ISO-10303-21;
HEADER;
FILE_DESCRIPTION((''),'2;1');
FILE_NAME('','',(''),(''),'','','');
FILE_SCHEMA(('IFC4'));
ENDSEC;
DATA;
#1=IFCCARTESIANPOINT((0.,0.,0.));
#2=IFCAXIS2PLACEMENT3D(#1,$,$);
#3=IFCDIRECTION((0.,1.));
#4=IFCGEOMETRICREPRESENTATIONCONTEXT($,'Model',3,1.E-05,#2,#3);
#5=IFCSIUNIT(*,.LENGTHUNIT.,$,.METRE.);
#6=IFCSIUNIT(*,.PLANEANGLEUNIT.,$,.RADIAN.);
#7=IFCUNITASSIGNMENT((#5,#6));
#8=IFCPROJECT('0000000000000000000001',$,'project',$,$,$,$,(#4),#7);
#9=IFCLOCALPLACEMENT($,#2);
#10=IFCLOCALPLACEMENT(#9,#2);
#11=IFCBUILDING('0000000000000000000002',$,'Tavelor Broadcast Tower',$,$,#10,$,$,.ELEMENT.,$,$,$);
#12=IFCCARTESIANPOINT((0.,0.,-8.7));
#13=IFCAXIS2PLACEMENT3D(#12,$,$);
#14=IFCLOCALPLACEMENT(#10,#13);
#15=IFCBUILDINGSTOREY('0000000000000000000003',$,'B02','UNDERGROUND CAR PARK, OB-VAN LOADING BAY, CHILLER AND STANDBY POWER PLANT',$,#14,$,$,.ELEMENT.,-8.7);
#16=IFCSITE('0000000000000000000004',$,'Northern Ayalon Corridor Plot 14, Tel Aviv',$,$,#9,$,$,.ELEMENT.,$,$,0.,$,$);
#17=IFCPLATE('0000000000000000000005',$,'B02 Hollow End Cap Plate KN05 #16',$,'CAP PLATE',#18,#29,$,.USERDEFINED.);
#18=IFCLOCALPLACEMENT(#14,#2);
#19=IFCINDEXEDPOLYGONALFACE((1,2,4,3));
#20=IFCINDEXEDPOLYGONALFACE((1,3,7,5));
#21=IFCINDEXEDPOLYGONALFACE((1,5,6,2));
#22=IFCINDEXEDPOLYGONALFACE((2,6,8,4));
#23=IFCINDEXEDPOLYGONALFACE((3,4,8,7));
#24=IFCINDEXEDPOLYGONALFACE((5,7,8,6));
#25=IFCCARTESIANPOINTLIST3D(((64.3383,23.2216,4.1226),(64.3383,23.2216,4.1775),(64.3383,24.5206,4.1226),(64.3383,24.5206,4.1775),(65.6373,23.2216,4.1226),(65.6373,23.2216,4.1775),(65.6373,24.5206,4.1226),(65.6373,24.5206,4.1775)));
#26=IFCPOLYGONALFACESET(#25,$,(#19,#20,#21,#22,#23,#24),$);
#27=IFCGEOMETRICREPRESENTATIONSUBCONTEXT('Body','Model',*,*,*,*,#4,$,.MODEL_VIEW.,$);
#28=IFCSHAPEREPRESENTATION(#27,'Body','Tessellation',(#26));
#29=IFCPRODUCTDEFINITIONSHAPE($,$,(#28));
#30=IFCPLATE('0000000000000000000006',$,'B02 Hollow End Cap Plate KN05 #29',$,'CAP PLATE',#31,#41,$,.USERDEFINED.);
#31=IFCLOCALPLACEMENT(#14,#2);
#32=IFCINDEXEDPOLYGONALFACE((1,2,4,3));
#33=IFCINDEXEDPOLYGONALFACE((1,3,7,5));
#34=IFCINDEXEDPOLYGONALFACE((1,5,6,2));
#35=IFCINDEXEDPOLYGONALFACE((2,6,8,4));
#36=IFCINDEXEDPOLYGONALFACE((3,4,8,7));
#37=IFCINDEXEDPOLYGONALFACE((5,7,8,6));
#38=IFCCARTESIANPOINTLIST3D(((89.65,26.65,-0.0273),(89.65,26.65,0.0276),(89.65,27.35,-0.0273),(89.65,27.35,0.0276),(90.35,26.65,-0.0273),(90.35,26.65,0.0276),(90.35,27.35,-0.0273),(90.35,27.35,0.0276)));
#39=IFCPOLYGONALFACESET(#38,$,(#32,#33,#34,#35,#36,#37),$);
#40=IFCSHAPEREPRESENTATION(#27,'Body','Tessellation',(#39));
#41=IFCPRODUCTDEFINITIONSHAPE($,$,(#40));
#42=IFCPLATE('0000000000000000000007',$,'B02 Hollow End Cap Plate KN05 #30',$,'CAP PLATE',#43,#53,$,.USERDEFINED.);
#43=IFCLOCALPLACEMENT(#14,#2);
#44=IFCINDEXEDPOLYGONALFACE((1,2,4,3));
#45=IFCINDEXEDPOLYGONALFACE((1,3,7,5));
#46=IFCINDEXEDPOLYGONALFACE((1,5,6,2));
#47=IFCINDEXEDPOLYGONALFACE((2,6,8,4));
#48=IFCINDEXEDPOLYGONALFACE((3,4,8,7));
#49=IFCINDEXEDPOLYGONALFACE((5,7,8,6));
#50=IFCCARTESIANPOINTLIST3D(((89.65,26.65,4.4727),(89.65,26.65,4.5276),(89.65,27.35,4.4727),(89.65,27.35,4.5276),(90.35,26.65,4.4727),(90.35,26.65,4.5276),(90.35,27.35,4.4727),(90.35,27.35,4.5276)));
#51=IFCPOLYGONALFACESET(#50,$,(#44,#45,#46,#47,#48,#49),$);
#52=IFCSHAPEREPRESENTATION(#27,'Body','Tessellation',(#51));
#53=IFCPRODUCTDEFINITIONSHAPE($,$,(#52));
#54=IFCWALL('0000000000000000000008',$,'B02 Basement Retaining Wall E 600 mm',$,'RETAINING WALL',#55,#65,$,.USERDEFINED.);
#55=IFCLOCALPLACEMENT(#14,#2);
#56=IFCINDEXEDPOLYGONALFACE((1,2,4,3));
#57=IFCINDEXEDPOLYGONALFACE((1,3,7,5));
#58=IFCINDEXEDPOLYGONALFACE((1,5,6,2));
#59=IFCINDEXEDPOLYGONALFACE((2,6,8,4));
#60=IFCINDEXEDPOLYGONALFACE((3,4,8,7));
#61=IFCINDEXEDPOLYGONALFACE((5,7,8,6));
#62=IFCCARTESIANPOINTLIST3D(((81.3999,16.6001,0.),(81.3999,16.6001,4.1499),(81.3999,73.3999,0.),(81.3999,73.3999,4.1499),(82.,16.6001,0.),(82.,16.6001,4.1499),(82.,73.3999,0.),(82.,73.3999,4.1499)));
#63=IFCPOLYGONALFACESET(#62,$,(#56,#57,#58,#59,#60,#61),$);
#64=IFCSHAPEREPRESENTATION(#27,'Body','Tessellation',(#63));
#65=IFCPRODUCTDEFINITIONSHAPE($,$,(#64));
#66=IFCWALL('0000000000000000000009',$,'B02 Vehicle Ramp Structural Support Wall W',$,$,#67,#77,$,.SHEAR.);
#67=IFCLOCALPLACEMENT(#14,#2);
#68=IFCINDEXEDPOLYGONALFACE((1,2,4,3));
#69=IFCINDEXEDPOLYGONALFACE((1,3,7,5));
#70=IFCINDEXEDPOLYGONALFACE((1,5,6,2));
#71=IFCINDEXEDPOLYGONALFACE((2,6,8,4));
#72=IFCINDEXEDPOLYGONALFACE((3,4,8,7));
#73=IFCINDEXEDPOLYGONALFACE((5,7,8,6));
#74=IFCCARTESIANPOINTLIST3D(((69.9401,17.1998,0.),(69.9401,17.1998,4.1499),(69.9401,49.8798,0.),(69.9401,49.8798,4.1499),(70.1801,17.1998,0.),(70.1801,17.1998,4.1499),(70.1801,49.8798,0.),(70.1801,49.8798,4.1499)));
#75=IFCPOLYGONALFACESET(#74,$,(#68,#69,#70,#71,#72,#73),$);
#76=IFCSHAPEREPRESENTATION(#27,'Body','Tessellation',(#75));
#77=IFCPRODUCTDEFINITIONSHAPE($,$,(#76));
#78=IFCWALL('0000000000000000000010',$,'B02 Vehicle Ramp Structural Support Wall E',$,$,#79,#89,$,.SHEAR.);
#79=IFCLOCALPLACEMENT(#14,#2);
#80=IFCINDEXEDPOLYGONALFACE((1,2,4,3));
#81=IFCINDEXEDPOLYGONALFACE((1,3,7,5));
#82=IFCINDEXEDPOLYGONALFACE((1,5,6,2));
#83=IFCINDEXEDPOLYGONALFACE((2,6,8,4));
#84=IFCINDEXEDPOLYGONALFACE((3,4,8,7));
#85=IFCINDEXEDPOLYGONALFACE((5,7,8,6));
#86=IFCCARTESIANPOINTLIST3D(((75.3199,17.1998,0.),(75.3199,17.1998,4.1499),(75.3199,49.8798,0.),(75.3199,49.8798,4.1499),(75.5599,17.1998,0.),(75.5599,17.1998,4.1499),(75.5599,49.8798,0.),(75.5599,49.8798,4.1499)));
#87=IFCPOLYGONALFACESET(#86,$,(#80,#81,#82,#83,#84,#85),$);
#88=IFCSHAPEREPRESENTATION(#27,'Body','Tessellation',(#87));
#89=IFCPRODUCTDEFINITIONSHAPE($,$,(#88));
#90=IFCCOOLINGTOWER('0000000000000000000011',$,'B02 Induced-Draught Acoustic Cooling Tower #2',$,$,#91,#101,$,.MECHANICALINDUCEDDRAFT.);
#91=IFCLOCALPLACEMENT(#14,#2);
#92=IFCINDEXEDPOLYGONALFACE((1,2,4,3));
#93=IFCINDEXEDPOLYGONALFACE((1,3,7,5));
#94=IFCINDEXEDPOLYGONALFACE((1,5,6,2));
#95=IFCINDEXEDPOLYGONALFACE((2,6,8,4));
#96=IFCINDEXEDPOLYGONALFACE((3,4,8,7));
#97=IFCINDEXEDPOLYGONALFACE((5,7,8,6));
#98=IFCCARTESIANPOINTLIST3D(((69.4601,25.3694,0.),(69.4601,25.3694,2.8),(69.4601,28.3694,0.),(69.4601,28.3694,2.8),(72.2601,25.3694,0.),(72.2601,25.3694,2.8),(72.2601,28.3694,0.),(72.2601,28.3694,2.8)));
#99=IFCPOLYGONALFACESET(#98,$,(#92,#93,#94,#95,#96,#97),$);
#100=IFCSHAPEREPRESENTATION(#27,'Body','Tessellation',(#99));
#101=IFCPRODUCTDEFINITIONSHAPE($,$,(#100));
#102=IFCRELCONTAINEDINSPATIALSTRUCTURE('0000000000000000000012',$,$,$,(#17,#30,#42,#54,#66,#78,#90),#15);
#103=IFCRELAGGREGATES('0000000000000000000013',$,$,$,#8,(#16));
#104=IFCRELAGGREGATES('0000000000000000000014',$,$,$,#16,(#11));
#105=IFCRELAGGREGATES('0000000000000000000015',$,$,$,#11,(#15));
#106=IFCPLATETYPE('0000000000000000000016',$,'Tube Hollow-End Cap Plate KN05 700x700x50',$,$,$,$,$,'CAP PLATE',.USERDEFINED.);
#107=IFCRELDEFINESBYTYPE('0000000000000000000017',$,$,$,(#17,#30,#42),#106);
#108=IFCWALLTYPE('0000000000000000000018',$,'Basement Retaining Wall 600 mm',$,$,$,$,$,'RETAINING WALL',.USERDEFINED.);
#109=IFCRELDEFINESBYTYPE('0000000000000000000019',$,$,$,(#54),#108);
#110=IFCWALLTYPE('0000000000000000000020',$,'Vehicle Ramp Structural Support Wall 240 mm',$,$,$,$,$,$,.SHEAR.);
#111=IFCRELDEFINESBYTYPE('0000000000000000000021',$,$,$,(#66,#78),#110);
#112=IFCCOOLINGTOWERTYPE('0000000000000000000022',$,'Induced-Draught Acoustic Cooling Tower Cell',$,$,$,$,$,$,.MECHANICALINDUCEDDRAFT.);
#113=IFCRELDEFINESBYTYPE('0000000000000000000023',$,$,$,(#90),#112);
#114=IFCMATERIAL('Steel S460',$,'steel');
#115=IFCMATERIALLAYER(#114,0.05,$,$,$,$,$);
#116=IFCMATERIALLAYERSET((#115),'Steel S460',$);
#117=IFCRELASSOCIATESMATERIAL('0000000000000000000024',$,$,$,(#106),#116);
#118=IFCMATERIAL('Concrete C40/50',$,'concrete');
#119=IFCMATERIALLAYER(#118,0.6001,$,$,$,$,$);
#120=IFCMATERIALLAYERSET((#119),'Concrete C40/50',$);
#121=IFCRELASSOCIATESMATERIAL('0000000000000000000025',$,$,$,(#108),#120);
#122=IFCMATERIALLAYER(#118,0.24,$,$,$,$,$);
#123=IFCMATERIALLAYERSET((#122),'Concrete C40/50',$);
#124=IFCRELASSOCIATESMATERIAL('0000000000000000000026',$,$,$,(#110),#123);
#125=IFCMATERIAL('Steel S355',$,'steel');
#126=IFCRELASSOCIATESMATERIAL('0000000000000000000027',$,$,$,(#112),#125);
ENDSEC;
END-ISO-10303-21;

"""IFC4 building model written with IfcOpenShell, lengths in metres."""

from ifc_helpers import new_model, si_unit, direction, frame, frame_2d, origin, origin_2d, place, context, subcontext, project, spatial, rectangle, extrude, source, transform, mapped, material, layer, layer_set, type_object, type_shapes, element, save


model = new_model("IFC4")

# Units and contexts
model_context = context("Model", 3, precision=1e-05, world=origin(), true_north=direction((0.0, 1.0)))
body_context = subcontext(model_context, "Body", "Model", "MODEL_VIEW")
ifc_project = project(units=[si_unit("LENGTHUNIT", "METRE"), si_unit("PLANEANGLEUNIT", "RADIAN")], contexts=[model_context])

# Site, building, storey
site_placement = place(None, origin())
site = spatial("IfcSite", under=ifc_project, at=site_placement, Name="Northern Ayalon Corridor Plot 14, Tel Aviv", CompositionType="ELEMENT", RefElevation=0.0)
building_placement = place(site_placement, origin())
building = spatial("IfcBuilding", under=site, at=building_placement, Name="Tavelor Broadcast Tower", CompositionType="ELEMENT")
storey_placement = place(building_placement, frame((0.0, 0.0, -8.7)))
storey = spatial("IfcBuildingStorey", under=building, at=storey_placement, Name="B02", Description="UNDERGROUND CAR PARK, OB-VAN LOADING BAY, CHILLER AND STANDBY POWER PLANT", CompositionType="ELEMENT", Elevation=-8.7)

# Shared definitions
ifc_material_1 = material(Name="Concrete C40/50", Category="concrete")

# Shared definitions
ifc_material_2 = material(Name="Steel S355", Category="steel")
ifc_material_3 = material(Name="Steel S460", Category="steel")

# Plates
ifc_layer_1 = layer(ifc_material_3, 0.05)
ifc_layer_set_1 = layer_set([ifc_layer_1], Name="Steel S460")
plate_type = type_object("IfcPlateType", Name="Tube Hollow-End Cap Plate KN05 700x700x50", ElementType="CAP PLATE", PredefinedType="USERDEFINED", material=ifc_layer_set_1)
shared_shape_1 = source(origin(), body_context, "Body", "SweptSolid", [
    extrude(rectangle(XDim=1.2991, YDim=1.2991, at=origin_2d()), origin(), (0.0, 0.0, 1.0), 0.0549),
])
for number, where, z_axis, x_axis, name in (
    (1, (64.9878, 23.8711, 4.1226), (0.0, 0.0, 1.0), (1.0, 0.0, 0.0), "B02 Hollow End Cap Plate KN05 #16"),
):
    element("IfcPlate", number, at=place(storey_placement, frame(where, z_axis=z_axis, x_axis=x_axis)), inside=storey, type_object=plate_type, Name=name, ObjectType="CAP PLATE", PredefinedType="USERDEFINED", context=body_context, shape_type="MappedRepresentation", body=[
        mapped(shared_shape_1, transform((0.0, 0.0, 0.0), scale=1.0)),
    ])
shared_shape_2 = source(origin(), body_context, "Body", "SweptSolid", [
    extrude(rectangle(XDim=0.7, YDim=0.7, at=origin_2d()), origin(), (0.0, 0.0, 1.0), 0.0549),
])
type_shapes(plate_type, [shared_shape_1, shared_shape_2])
for number, where, z_axis, x_axis, name in (
    (2, (90.0, 27.0, -0.0273), (0.0, 0.0, 1.0), (1.0, 0.0, 0.0), "B02 Hollow End Cap Plate KN05 #29"),
    (3, (90.0, 27.0, 4.4727), (0.0, 0.0, 1.0), (1.0, 0.0, 0.0), "B02 Hollow End Cap Plate KN05 #30"),
):
    element("IfcPlate", number, at=place(storey_placement, frame(where, z_axis=z_axis, x_axis=x_axis)), inside=storey, type_object=plate_type, Name=name, ObjectType="CAP PLATE", PredefinedType="USERDEFINED", context=body_context, shape_type="MappedRepresentation", body=[
        mapped(shared_shape_2, transform((0.0, 0.0, 0.0), scale=1.0)),
    ])

# Walls
ifc_layer_2 = layer(ifc_material_1, 0.6001)
ifc_layer_set_2 = layer_set([ifc_layer_2], Name="Concrete C40/50")
wall_type_1 = type_object("IfcWallType", Name="Basement Retaining Wall 600 mm", ElementType="RETAINING WALL", PredefinedType="USERDEFINED", material=ifc_layer_set_2)
wall_placement = place(storey_placement, frame((81.7, 16.6001, 0.0), z_axis=(0.0, 0.0, 1.0), x_axis=(0.0, 1.0, 0.0)))
element("IfcWall", 4, at=wall_placement, inside=storey, type_object=wall_type_1, Name="B02 Basement Retaining Wall E 600 mm", ObjectType="RETAINING WALL", PredefinedType="USERDEFINED", context=body_context, shape_type="SweptSolid", body=[
    extrude(rectangle(XDim=56.7998, YDim=0.6001, at=frame_2d((28.3999, 0.0))), origin(), (0.0, 0.0, 1.0), 4.1499),
])
ifc_layer_3 = layer(ifc_material_1, 0.24)
ifc_layer_set_3 = layer_set([ifc_layer_3], Name="Concrete C40/50")
wall_type_2 = type_object("IfcWallType", Name="Vehicle Ramp Structural Support Wall 240 mm", PredefinedType="SHEAR", material=ifc_layer_set_3)
for number, where, z_axis, x_axis, name in (
    (5, (70.0601, 17.2, 0.0), (0.0, 0.0, 1.0), (0.0, 1.0, 0.0), "B02 Vehicle Ramp Structural Support Wall W"),
    (6, (75.4399, 17.2, 0.0), (0.0, 0.0, 1.0), (0.0, 1.0, 0.0), "B02 Vehicle Ramp Structural Support Wall E"),
):
    element("IfcWall", number, at=place(storey_placement, frame(where, z_axis=z_axis, x_axis=x_axis)), inside=storey, type_object=wall_type_2, Name=name, PredefinedType="SHEAR", context=body_context, shape_type="SweptSolid", body=[
        extrude(rectangle(XDim=32.6799, YDim=0.24, at=frame_2d((16.3398, 0.0))), origin(), (0.0, 0.0, 1.0), 4.1499),
    ])

# Cooling tower
cooling_tower_type = type_object("IfcCoolingTowerType", Name="Induced-Draught Acoustic Cooling Tower Cell", PredefinedType="MECHANICALINDUCEDDRAFT", material=ifc_material_2)
cooling_tower_placement = place(storey_placement, frame((70.8601, 26.8694, 0.0), z_axis=(0.0, 0.0, 1.0), x_axis=(1.0, 0.0, 0.0)))
element("IfcCoolingTower", 7, at=cooling_tower_placement, inside=storey, type_object=cooling_tower_type, Name="B02 Induced-Draught Acoustic Cooling Tower #2", PredefinedType="MECHANICALINDUCEDDRAFT", context=body_context, shape_type="SweptSolid", body=[
    extrude(rectangle(XDim=2.8, YDim=3.0, at=origin_2d()), origin(), (0.0, 0.0, 1.0), 2.8),
])

save(model, "model.ifc")
